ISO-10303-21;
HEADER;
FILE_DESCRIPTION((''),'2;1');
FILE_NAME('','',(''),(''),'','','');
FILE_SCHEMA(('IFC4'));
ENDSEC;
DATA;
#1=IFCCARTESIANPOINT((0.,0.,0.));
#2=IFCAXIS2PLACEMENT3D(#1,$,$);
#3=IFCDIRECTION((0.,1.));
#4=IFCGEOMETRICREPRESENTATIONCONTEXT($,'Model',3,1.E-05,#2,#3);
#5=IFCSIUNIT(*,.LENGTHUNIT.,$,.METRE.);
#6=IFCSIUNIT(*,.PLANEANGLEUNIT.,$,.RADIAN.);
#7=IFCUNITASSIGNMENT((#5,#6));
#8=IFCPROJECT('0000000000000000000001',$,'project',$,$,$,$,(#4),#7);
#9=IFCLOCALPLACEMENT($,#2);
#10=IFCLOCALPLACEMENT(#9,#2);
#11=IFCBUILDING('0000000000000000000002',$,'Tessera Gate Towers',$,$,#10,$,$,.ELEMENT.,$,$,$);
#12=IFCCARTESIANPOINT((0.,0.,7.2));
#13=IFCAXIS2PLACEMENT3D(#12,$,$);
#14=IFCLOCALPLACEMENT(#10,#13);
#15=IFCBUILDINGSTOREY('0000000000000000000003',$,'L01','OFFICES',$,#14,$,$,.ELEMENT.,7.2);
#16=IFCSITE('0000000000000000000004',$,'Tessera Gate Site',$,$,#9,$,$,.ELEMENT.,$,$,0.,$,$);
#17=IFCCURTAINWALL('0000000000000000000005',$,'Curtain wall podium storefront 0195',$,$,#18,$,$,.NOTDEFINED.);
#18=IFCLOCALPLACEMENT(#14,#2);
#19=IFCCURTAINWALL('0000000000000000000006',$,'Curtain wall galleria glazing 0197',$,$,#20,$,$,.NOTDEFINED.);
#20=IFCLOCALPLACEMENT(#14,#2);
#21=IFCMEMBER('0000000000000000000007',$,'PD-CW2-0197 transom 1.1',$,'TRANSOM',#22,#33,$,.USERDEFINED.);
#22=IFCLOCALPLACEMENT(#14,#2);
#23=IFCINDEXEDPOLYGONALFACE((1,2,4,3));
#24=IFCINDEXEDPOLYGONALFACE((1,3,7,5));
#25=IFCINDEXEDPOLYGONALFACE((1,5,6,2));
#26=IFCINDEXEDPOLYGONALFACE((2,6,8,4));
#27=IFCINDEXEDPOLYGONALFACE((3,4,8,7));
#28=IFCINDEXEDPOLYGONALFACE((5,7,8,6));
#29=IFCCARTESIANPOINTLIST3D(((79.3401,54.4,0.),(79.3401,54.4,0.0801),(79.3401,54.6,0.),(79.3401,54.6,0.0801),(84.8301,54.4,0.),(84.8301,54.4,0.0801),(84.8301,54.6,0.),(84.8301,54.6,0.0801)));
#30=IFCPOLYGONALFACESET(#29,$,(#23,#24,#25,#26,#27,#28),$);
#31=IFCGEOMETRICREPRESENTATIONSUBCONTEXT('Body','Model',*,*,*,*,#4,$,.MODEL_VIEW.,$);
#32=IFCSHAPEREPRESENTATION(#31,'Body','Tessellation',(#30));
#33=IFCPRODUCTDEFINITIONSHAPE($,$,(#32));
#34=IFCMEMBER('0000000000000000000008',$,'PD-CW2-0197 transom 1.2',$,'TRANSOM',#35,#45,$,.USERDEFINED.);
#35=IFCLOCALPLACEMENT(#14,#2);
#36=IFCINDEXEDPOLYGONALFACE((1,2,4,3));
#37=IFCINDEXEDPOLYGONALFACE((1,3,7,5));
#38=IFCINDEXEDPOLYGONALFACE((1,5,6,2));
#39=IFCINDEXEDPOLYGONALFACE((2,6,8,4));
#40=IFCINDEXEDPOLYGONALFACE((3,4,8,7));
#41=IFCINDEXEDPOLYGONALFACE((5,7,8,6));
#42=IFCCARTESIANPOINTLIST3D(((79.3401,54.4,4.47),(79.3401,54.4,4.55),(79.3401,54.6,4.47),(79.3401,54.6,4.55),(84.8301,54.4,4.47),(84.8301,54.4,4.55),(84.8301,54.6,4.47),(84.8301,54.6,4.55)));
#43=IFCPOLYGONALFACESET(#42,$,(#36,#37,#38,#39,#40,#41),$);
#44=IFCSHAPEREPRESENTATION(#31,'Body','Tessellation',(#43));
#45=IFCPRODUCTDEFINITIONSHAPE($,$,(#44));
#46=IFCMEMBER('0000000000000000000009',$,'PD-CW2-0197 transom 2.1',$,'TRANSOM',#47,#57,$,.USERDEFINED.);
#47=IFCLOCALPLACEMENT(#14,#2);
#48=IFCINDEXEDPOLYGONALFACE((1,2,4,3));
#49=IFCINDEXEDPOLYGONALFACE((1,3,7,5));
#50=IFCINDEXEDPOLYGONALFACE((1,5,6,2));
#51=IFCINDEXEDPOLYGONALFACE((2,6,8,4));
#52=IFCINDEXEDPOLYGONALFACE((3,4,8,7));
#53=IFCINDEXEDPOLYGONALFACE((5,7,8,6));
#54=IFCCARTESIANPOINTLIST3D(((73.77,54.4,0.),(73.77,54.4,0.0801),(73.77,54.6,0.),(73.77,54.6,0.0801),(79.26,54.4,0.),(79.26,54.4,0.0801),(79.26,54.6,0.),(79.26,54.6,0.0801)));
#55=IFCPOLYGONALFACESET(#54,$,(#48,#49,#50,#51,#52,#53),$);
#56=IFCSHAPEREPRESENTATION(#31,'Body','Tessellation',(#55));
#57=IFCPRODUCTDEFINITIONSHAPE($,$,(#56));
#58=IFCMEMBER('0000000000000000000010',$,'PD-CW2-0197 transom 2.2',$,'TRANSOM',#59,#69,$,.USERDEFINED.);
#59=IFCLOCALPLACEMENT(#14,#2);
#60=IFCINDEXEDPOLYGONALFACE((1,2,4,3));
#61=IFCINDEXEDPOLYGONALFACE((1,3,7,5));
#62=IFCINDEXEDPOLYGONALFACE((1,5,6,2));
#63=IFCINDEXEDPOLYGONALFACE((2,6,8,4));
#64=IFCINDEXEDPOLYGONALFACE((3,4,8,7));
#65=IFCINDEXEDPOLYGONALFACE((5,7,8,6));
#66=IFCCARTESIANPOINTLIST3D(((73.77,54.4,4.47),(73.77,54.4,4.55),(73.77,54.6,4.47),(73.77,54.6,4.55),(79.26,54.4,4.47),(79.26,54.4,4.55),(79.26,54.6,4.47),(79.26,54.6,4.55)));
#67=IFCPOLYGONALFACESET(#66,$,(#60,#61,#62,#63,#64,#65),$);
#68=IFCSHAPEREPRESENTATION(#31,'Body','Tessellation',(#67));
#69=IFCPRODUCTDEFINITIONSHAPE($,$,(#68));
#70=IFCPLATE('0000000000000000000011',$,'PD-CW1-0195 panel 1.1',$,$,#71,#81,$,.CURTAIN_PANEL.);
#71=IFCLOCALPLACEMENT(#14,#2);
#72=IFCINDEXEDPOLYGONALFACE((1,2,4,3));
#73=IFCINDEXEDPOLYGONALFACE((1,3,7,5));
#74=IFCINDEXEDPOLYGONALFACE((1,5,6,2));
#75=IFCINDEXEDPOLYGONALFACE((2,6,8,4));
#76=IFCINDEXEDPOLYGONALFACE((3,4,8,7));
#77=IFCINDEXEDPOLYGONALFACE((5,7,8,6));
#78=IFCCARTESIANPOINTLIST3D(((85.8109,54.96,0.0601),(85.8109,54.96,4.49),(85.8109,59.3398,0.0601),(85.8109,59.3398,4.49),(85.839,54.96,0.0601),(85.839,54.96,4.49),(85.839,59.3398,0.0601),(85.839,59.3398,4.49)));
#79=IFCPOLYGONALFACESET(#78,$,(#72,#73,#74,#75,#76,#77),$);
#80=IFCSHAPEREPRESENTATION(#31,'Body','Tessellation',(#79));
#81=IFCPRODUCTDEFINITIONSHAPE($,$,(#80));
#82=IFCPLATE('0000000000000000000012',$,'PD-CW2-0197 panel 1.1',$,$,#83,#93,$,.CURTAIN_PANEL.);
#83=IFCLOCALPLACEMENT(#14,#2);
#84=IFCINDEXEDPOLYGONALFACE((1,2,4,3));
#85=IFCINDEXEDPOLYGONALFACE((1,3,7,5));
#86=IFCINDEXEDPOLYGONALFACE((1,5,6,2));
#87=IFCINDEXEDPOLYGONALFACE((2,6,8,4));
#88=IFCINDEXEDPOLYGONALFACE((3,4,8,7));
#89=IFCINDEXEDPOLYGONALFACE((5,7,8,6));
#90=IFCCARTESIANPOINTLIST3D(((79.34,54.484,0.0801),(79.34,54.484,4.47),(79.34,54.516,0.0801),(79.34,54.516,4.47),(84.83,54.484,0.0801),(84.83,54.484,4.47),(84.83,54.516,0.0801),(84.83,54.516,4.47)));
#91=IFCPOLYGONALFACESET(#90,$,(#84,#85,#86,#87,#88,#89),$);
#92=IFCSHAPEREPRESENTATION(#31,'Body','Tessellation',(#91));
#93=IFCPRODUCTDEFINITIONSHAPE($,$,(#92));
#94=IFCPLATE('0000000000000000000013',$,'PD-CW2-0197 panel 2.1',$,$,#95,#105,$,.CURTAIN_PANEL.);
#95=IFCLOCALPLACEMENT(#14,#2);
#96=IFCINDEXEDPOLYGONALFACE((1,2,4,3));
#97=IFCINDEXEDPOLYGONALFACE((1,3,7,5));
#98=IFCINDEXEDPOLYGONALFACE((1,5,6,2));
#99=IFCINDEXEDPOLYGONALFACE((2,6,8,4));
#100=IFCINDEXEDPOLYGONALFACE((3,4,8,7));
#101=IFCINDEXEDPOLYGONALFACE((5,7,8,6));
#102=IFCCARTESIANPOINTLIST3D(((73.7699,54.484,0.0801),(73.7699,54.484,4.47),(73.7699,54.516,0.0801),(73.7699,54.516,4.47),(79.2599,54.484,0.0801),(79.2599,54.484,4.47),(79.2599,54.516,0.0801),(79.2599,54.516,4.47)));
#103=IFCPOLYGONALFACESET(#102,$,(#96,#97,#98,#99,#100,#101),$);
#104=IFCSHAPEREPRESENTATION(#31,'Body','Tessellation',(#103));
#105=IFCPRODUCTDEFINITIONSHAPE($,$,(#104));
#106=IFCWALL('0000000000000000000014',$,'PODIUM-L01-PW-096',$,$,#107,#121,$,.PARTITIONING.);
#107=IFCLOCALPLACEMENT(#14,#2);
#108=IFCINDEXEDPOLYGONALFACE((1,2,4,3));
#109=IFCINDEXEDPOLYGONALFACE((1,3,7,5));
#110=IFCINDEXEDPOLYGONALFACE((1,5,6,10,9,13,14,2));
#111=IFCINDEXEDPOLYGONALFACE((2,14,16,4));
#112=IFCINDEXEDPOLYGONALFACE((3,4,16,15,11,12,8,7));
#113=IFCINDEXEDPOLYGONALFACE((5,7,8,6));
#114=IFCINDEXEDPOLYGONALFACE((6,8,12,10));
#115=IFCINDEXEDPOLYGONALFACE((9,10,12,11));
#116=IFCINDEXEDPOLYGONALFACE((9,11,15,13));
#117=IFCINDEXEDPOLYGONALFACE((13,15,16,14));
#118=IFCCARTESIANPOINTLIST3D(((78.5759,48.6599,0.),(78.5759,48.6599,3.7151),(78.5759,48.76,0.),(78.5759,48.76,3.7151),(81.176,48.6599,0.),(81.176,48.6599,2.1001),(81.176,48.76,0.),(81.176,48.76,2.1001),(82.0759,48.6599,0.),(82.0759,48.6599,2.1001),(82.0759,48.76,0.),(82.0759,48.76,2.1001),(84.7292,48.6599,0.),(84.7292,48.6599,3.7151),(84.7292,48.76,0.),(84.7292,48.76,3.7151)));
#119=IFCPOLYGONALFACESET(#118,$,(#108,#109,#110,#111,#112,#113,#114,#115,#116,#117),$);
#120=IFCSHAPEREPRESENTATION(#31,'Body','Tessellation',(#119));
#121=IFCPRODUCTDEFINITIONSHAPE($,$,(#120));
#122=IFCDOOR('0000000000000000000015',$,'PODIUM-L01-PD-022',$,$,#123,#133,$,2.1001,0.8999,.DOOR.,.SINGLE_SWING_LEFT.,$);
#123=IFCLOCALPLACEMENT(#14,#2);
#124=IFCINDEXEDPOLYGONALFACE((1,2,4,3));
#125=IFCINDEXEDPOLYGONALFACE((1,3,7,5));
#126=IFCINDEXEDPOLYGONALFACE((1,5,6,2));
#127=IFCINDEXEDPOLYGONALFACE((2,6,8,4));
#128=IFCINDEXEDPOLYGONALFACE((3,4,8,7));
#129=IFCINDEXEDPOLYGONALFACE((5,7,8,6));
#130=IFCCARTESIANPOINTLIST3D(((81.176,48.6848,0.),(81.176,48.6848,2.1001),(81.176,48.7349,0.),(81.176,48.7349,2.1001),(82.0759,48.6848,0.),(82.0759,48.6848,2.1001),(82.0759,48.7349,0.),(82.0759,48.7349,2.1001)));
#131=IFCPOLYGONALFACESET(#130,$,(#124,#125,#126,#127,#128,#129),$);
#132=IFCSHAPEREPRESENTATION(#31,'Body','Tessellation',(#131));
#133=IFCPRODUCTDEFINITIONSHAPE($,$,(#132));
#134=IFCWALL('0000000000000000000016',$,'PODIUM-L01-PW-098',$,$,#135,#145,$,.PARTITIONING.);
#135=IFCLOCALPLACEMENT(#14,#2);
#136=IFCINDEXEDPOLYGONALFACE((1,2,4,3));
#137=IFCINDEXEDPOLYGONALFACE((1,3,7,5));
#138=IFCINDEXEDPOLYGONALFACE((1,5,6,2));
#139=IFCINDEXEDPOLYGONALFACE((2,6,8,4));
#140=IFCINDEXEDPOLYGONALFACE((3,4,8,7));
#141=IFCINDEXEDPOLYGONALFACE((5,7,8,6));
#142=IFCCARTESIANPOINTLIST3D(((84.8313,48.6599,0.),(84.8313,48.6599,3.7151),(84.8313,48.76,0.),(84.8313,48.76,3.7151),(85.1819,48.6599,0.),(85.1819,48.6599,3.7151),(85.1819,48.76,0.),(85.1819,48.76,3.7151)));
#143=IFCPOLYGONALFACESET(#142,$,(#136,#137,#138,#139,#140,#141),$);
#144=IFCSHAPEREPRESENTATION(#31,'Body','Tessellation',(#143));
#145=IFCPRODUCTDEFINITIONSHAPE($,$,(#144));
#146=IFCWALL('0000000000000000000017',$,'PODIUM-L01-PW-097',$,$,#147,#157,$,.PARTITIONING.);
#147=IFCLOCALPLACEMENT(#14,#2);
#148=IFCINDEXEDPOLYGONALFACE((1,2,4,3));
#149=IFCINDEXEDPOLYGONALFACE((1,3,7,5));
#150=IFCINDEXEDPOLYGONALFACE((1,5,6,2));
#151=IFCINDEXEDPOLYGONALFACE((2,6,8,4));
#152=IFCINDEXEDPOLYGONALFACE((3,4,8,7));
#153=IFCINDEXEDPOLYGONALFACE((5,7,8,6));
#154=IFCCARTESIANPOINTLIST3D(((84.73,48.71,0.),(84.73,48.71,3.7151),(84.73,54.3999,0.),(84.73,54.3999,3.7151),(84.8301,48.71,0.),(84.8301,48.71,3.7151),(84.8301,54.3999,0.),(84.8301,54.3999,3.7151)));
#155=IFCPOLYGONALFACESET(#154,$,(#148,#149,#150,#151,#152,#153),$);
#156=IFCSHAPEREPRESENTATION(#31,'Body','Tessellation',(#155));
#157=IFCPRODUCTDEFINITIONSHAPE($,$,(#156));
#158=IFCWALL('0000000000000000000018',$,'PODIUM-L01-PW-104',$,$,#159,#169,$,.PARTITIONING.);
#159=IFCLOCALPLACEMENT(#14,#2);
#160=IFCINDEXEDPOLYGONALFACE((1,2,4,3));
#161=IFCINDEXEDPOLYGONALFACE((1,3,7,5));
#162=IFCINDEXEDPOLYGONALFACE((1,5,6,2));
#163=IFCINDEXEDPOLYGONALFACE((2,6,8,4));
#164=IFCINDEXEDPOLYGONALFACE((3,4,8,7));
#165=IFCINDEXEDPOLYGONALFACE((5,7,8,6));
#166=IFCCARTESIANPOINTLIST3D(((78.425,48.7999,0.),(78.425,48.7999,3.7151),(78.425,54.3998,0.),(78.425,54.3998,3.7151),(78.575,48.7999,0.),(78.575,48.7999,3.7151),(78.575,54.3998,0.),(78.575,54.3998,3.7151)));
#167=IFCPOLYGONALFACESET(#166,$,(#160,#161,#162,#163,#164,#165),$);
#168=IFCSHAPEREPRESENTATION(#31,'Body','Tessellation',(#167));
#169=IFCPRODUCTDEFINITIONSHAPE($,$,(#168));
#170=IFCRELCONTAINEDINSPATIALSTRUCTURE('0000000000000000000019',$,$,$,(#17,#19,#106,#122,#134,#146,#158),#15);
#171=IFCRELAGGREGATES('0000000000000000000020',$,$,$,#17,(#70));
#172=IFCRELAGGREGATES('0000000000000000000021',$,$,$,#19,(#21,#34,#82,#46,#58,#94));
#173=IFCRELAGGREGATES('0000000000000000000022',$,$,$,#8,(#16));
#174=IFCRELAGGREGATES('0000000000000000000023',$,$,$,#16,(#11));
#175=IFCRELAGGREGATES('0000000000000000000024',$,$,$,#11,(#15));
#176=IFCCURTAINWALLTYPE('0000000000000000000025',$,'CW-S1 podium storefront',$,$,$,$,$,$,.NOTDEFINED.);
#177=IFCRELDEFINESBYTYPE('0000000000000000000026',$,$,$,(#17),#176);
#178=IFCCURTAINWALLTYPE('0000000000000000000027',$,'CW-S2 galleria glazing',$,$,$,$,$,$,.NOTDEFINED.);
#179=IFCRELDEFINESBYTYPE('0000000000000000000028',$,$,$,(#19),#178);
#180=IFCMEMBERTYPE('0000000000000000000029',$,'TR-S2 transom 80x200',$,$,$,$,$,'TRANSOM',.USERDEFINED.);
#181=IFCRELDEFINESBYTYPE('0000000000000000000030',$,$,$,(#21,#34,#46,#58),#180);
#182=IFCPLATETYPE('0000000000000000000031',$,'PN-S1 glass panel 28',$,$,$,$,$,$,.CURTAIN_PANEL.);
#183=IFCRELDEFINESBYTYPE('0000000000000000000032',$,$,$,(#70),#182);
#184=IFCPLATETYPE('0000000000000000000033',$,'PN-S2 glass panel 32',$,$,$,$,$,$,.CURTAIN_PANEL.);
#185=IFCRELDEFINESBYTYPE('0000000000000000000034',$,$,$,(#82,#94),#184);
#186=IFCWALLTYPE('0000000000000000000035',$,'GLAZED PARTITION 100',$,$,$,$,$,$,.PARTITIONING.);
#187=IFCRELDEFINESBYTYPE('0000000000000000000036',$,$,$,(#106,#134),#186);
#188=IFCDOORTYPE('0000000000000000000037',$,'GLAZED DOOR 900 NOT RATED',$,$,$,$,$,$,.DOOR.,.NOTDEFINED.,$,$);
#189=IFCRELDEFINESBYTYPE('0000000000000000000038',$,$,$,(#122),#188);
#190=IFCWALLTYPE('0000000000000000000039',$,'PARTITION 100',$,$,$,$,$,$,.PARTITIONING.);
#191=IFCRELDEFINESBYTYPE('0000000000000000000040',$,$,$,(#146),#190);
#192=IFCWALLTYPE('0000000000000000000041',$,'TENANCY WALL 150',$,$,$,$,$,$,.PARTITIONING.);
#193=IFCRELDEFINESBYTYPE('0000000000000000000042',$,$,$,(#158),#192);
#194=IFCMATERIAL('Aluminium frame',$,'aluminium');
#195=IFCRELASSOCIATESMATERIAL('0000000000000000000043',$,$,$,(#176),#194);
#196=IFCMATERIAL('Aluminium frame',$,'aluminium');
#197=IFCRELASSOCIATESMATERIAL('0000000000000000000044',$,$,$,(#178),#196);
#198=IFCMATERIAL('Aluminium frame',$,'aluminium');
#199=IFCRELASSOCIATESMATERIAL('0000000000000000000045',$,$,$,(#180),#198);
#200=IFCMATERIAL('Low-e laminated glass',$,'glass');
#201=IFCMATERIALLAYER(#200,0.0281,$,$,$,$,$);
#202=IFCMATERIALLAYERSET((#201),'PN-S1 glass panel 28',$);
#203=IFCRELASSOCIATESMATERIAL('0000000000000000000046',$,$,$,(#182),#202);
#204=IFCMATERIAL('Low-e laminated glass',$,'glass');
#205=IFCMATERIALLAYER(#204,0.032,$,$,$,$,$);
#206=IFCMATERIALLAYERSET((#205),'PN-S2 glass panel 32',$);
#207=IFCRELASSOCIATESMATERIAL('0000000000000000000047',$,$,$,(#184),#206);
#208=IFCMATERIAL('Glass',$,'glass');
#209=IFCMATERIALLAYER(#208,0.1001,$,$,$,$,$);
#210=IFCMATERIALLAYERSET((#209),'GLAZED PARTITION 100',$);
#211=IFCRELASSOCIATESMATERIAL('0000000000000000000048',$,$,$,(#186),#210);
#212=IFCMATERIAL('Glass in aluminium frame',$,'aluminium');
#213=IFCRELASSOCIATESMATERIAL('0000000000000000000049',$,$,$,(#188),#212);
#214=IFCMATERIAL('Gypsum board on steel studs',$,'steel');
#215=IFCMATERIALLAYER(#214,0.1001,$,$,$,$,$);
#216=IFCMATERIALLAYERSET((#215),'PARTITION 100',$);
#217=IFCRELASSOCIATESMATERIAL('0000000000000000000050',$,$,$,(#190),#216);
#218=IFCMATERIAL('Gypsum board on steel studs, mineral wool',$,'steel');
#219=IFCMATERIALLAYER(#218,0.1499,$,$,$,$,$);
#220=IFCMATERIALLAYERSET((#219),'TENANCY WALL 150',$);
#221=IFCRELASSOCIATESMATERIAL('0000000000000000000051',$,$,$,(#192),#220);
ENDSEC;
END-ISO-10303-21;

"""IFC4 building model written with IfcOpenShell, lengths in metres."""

from ifc_helpers import new_model, si_unit, direction, frame, frame_2d, origin, origin_2d, place, context, subcontext, project, spatial, rectangle, extrude, source, transform, mapped, material, layer, layer_set, material_profile, profile_set, type_object, element, fill, aggregate, save


model = new_model("IFC4")

# Units and contexts
model_context = context("Model", 3, precision=1e-05, world=origin(), true_north=direction((0.0, 1.0)))
body_context = subcontext(model_context, "Body", "Model", "MODEL_VIEW")
ifc_project = project(units=[si_unit("LENGTHUNIT", "METRE"), si_unit("PLANEANGLEUNIT", "RADIAN")], contexts=[model_context])

# Site, building, storey
site_placement = place(None, origin())
site = spatial("IfcSite", under=ifc_project, at=site_placement, Name="Tessera Gate Site", CompositionType="ELEMENT", RefElevation=0.0)
building_placement = place(site_placement, origin())
building = spatial("IfcBuilding", under=site, at=building_placement, Name="Tessera Gate Towers", CompositionType="ELEMENT")
storey_placement = place(building_placement, frame((0.0, 0.0, 7.2)))
storey = spatial("IfcBuildingStorey", under=building, at=storey_placement, Name="L01", Description="OFFICES", CompositionType="ELEMENT", Elevation=7.2)

# Shared definitions
ifc_material_1 = material(Name="Aluminium frame", Category="aluminium")
curtain_wall_type_1 = type_object("IfcCurtainWallType", Name="CW-S1 podium storefront", PredefinedType="NOTDEFINED", material=ifc_material_1)

# Curtain walls
curtain_wall_1_placement = place(storey_placement, origin())
curtain_wall_1 = element("IfcCurtainWall", 1, at=curtain_wall_1_placement, inside=storey, type_object=curtain_wall_type_1, Name="Curtain wall podium storefront 0195", PredefinedType="NOTDEFINED")
ifc_material_2 = material(Name="Aluminium frame", Category="aluminium")
curtain_wall_type_2 = type_object("IfcCurtainWallType", Name="CW-S2 galleria glazing", PredefinedType="NOTDEFINED", material=ifc_material_2)
curtain_wall_2_placement = place(storey_placement, origin())
curtain_wall_2 = element("IfcCurtainWall", 2, at=curtain_wall_2_placement, inside=storey, type_object=curtain_wall_type_2, Name="Curtain wall galleria glazing 0197", PredefinedType="NOTDEFINED")

# Members
ifc_material_3 = material(Name="Aluminium frame", Category="aluminium")
ifc_material_profile_1 = material_profile(ifc_material_3, rectangle(XDim=0.2, YDim=0.0801, at=origin_2d()), Name="AL 80x200")
ifc_profile_set_1 = profile_set([ifc_material_profile_1], Name="Aluminium frame")
member_type_1 = type_object("IfcMemberType", Name="TR-S2 transom 80x200", ElementType="TRANSOM", PredefinedType="USERDEFINED", material=ifc_profile_set_1)
member_1_placement = place(storey_placement, frame((84.8301, 54.5, 0.04), z_axis=(-1.0, 0.0, 0.0), x_axis=(0.0, -1.0, 0.0)))
member_1 = element("IfcMember", 3, at=member_1_placement, type_object=member_type_1, Name="PD-CW2-0197 transom 1.1", ObjectType="TRANSOM", PredefinedType="USERDEFINED", context=body_context, shape_type="SweptSolid", body=[
    extrude(rectangle(XDim=0.2, YDim=0.0801, at=origin_2d()), origin(), (0.0, 0.0, 1.0), 5.49),
])
member_2_placement = place(storey_placement, frame((84.8301, 54.5, 4.51), z_axis=(-1.0, 0.0, 0.0), x_axis=(0.0, -1.0, 0.0)))
member_2 = element("IfcMember", 4, at=member_2_placement, type_object=member_type_1, Name="PD-CW2-0197 transom 1.2", ObjectType="TRANSOM", PredefinedType="USERDEFINED", context=body_context, shape_type="SweptSolid", body=[
    extrude(rectangle(XDim=0.2, YDim=0.0801, at=origin_2d()), origin(), (0.0, 0.0, 1.0), 5.49),
])
member_3_placement = place(storey_placement, frame((79.26, 54.5, 0.04), z_axis=(-1.0, 0.0, 0.0), x_axis=(0.0, -1.0, 0.0)))
member_3 = element("IfcMember", 5, at=member_3_placement, type_object=member_type_1, Name="PD-CW2-0197 transom 2.1", ObjectType="TRANSOM", PredefinedType="USERDEFINED", context=body_context, shape_type="SweptSolid", body=[
    extrude(rectangle(XDim=0.2, YDim=0.0801, at=origin_2d()), origin(), (0.0, 0.0, 1.0), 5.49),
])
member_4_placement = place(storey_placement, frame((79.26, 54.5, 4.51), z_axis=(-1.0, 0.0, 0.0), x_axis=(0.0, -1.0, 0.0)))
member_4 = element("IfcMember", 6, at=member_4_placement, type_object=member_type_1, Name="PD-CW2-0197 transom 2.2", ObjectType="TRANSOM", PredefinedType="USERDEFINED", context=body_context, shape_type="SweptSolid", body=[
    extrude(rectangle(XDim=0.2, YDim=0.0801, at=origin_2d()), origin(), (0.0, 0.0, 1.0), 5.49),
])

# Plates
ifc_material_4 = material(Name="Low-e laminated glass", Category="glass")
ifc_layer_1 = layer(ifc_material_4, 0.0281)
ifc_layer_set_1 = layer_set([ifc_layer_1], Name="PN-S1 glass panel 28")
plate_type_1 = type_object("IfcPlateType", Name="PN-S1 glass panel 28", PredefinedType="CURTAIN_PANEL", material=ifc_layer_set_1)
plate_1_placement = place(storey_placement, frame((85.825, 57.1499, 0.0601), z_axis=(0.0, 0.0, 1.0), x_axis=(0.0, -1.0, 0.0)))
plate_1 = element("IfcPlate", 7, at=plate_1_placement, type_object=plate_type_1, Name="PD-CW1-0195 panel 1.1", PredefinedType="CURTAIN_PANEL", context=body_context, shape_type="SweptSolid", body=[
    extrude(rectangle(XDim=4.3799, YDim=0.0281, at=origin_2d()), origin(), (0.0, 0.0, 1.0), 4.4299),
])
aggregate(curtain_wall_1, [plate_1])
ifc_material_5 = material(Name="Low-e laminated glass", Category="glass")
ifc_layer_2 = layer(ifc_material_5, 0.032)
ifc_layer_set_2 = layer_set([ifc_layer_2], Name="PN-S2 glass panel 32")
plate_type_2 = type_object("IfcPlateType", Name="PN-S2 glass panel 32", PredefinedType="CURTAIN_PANEL", material=ifc_layer_set_2)
plate_2_placement = place(storey_placement, frame((82.085, 54.5, 0.0801), z_axis=(0.0, 0.0, 1.0), x_axis=(-1.0, 0.0, 0.0)))
plate_2 = element("IfcPlate", 8, at=plate_2_placement, type_object=plate_type_2, Name="PD-CW2-0197 panel 1.1", PredefinedType="CURTAIN_PANEL", context=body_context, shape_type="SweptSolid", body=[
    extrude(rectangle(XDim=5.49, YDim=0.032, at=origin_2d()), origin(), (0.0, 0.0, 1.0), 4.3899),
])
plate_3_placement = place(storey_placement, frame((76.5149, 54.5, 0.0801), z_axis=(0.0, 0.0, 1.0), x_axis=(-1.0, 0.0, 0.0)))
plate_3 = element("IfcPlate", 9, at=plate_3_placement, type_object=plate_type_2, Name="PD-CW2-0197 panel 2.1", PredefinedType="CURTAIN_PANEL", context=body_context, shape_type="SweptSolid", body=[
    extrude(rectangle(XDim=5.49, YDim=0.032, at=origin_2d()), origin(), (0.0, 0.0, 1.0), 4.3899),
])
aggregate(curtain_wall_2, [member_1, member_2, plate_2, member_3, member_4, plate_3])

# Wall, opening, door
ifc_material_6 = material(Name="Glass", Category="glass")
ifc_layer_3 = layer(ifc_material_6, 0.1001)
ifc_layer_set_3 = layer_set([ifc_layer_3], Name="GLAZED PARTITION 100")
wall_type_1 = type_object("IfcWallType", Name="GLAZED PARTITION 100", PredefinedType="PARTITIONING", material=ifc_layer_set_3)
wall_1_placement = place(storey_placement, frame((78.5759, 48.71, 0.0), z_axis=(0.0, 0.0, 1.0), x_axis=(1.0, 0.0, 0.0)))
wall_1 = element("IfcWall", 10, at=wall_1_placement, inside=storey, type_object=wall_type_1, Name="PODIUM-L01-PW-096", PredefinedType="PARTITIONING", context=body_context, shape_type="SweptSolid", body=[
    extrude(rectangle(XDim=6.1533, YDim=0.1001, at=frame_2d((3.0767, 0.0))), origin(), (0.0, 0.0, 1.0), 3.7151),
])
shared_shape_1 = source(origin(), body_context, "Body", "SweptSolid", [
    extrude(rectangle(XDim=0.8999, YDim=2.1001, at=frame_2d((0.45, 1.05))), frame((0.0, 0.0601, 0.0), z_axis=(0.0, -1.0, 0.0), x_axis=(1.0, 0.0, 0.0)), (0.0, 0.0, 1.0), 0.1201),
])
opening_placement = place(wall_1_placement, frame((2.6001, 0.0, 0.0)))
opening = element("IfcOpeningElement", 11, at=opening_placement, cuts=wall_1, PredefinedType="OPENING", context=body_context, shape_type="MappedRepresentation", body=[
    mapped(shared_shape_1, transform((0.0, 0.0, 0.0), scale=1.0)),
])
ifc_material_7 = material(Name="Glass in aluminium frame", Category="aluminium")
door_type = type_object("IfcDoorType", Name="GLAZED DOOR 900 NOT RATED", OperationType="NOTDEFINED", PredefinedType="DOOR", material=ifc_material_7)
shared_shape_2 = source(origin(), body_context, "Body", "SweptSolid", [
    extrude(rectangle(XDim=0.8999, YDim=2.1001, at=frame_2d((0.45, 1.05))), frame((0.0, 0.0249, 0.0), z_axis=(0.0, -1.0, 0.0), x_axis=(1.0, 0.0, 0.0)), (0.0, 0.0, 1.0), 0.05),
])
door_placement = place(opening_placement, origin())
door = element("IfcDoor", 12, at=door_placement, inside=storey, type_object=door_type, Name="PODIUM-L01-PD-022", OperationType="SINGLE_SWING_LEFT", OverallHeight=2.1001, OverallWidth=0.8999, PredefinedType="DOOR", context=body_context, shape_type="MappedRepresentation", body=[
    mapped(shared_shape_2, transform((0.0, 0.0, 0.0), scale=1.0)),
])
fill(opening, door)

# Walls
wall_2_placement = place(storey_placement, frame((84.8313, 48.71, 0.0), z_axis=(0.0, 0.0, 1.0), x_axis=(1.0, 0.0, 0.0)))
element("IfcWall", 13, at=wall_2_placement, inside=storey, type_object=wall_type_1, Name="PODIUM-L01-PW-098", PredefinedType="PARTITIONING", context=body_context, shape_type="SweptSolid", body=[
    extrude(rectangle(XDim=0.3506, YDim=0.1001, at=frame_2d((0.1753, 0.0))), origin(), (0.0, 0.0, 1.0), 3.7151),
])
ifc_material_8 = material(Name="Gypsum board on steel studs", Category="steel")
ifc_layer_4 = layer(ifc_material_8, 0.1001)
ifc_layer_set_4 = layer_set([ifc_layer_4], Name="PARTITION 100")
wall_type_2 = type_object("IfcWallType", Name="PARTITION 100", PredefinedType="PARTITIONING", material=ifc_layer_set_4)
wall_3_placement = place(storey_placement, frame((84.78, 48.71, 0.0), z_axis=(0.0, 0.0, 1.0), x_axis=(0.0, 1.0, 0.0)))
element("IfcWall", 14, at=wall_3_placement, inside=storey, type_object=wall_type_2, Name="PODIUM-L01-PW-097", PredefinedType="PARTITIONING", context=body_context, shape_type="SweptSolid", body=[
    extrude(rectangle(XDim=5.6899, YDim=0.1001, at=frame_2d((2.845, 0.0))), origin(), (0.0, 0.0, 1.0), 3.7151),
])
ifc_material_9 = material(Name="Gypsum board on steel studs, mineral wool", Category="steel")
ifc_layer_5 = layer(ifc_material_9, 0.1499)
ifc_layer_set_5 = layer_set([ifc_layer_5], Name="TENANCY WALL 150")
wall_type_3 = type_object("IfcWallType", Name="TENANCY WALL 150", PredefinedType="PARTITIONING", material=ifc_layer_set_5)
wall_4_placement = place(storey_placement, frame((78.5, 48.8, 0.0), z_axis=(0.0, 0.0, 1.0), x_axis=(0.0, 1.0, 0.0)))
element("IfcWall", 15, at=wall_4_placement, inside=storey, type_object=wall_type_3, Name="PODIUM-L01-PW-104", PredefinedType="PARTITIONING", context=body_context, shape_type="SweptSolid", body=[
    extrude(rectangle(XDim=5.5999, YDim=0.1499, at=frame_2d((2.7998, 0.0))), origin(), (0.0, 0.0, 1.0), 3.7151),
])

save(model, "model.ifc")
